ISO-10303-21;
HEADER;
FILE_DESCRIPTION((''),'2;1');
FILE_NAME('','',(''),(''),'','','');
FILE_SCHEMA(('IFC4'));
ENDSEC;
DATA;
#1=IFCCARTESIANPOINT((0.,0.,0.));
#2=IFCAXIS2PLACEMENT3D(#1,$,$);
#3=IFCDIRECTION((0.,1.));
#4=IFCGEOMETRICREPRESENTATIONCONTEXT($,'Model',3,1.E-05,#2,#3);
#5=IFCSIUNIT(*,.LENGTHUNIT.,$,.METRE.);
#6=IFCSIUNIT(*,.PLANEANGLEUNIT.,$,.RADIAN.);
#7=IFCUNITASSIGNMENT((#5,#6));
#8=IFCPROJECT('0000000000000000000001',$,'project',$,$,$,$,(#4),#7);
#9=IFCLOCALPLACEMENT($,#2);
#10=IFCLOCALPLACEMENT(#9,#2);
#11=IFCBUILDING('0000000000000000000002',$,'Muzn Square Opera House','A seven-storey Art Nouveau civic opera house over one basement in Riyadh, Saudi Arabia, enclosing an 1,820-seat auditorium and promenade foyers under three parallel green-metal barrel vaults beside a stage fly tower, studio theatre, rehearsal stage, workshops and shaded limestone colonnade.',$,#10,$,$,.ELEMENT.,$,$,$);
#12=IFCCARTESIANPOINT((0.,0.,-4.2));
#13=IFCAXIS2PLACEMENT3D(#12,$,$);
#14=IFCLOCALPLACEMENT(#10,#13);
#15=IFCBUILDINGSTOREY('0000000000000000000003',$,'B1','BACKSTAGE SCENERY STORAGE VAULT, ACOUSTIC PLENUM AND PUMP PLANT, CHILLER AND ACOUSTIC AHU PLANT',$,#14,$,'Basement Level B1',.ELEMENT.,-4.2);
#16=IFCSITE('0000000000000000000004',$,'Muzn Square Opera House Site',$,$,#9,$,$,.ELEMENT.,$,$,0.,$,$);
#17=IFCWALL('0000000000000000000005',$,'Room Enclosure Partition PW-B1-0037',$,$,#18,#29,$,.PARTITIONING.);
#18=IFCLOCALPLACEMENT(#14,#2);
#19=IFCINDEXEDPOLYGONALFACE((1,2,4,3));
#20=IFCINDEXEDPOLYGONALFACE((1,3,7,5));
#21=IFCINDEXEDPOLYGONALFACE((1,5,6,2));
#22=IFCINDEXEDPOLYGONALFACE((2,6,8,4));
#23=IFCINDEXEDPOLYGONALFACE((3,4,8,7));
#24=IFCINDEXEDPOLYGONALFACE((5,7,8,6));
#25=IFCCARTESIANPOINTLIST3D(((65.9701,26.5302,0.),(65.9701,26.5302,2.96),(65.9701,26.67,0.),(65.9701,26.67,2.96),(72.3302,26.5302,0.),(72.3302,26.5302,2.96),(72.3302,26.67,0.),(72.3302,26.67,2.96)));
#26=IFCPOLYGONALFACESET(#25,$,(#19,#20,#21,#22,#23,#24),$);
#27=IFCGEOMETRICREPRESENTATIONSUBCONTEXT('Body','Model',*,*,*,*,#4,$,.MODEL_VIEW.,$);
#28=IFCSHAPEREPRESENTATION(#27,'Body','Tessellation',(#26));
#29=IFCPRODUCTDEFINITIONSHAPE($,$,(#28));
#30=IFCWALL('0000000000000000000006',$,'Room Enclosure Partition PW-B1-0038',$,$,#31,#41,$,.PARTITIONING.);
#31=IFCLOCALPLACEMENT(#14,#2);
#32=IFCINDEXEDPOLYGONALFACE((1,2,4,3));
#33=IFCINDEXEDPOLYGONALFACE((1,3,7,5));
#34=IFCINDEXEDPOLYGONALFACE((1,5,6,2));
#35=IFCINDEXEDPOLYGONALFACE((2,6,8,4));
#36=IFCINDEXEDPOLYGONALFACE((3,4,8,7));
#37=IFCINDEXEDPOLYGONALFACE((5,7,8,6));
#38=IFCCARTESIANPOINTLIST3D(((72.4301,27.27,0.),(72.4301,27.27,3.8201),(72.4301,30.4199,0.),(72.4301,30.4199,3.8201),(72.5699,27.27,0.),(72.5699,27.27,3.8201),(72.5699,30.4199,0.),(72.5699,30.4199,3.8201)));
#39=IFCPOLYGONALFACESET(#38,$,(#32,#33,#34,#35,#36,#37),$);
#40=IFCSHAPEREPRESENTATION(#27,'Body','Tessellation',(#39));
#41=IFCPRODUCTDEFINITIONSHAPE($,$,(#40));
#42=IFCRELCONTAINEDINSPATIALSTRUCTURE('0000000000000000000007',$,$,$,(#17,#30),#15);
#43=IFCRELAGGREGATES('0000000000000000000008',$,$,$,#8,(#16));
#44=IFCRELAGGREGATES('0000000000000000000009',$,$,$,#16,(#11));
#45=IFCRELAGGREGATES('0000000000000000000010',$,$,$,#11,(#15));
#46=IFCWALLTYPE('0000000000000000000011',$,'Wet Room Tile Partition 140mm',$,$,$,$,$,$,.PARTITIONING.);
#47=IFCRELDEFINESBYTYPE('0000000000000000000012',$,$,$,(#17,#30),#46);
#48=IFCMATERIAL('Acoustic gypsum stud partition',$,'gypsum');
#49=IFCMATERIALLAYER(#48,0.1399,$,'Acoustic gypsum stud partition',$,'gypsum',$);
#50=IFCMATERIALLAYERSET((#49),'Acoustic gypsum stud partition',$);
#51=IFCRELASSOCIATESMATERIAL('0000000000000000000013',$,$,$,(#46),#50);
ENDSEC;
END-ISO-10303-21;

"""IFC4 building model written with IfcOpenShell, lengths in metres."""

from ifc_helpers import new_model, si_unit, direction, frame, frame_2d, origin, place, context, subcontext, project, spatial, rectangle, extrude, material, layer, layer_set, type_object, element, save


model = new_model("IFC4")

# Units and contexts
model_context = context("Model", 3, precision=1e-05, world=origin(), true_north=direction((0.0, 1.0)))
body_context = subcontext(model_context, "Body", "Model", "MODEL_VIEW")
ifc_project = project(units=[si_unit("LENGTHUNIT", "METRE"), si_unit("PLANEANGLEUNIT", "RADIAN")], contexts=[model_context])

# Site, building, storey
site_placement = place(None, origin())
site = spatial("IfcSite", under=ifc_project, at=site_placement, Name="Muzn Square Opera House Site", CompositionType="ELEMENT", RefElevation=0.0)
building_placement = place(site_placement, origin())
building = spatial("IfcBuilding", under=site, at=building_placement, Name="Muzn Square Opera House", Description="A seven-storey Art Nouveau civic opera house over one basement in Riyadh, Saudi Arabia, enclosing an 1,820-seat auditorium and promenade foyers under three parallel green-metal barrel vaults beside a stage fly tower, studio theatre, rehearsal stage, workshops and shaded limestone colonnade.", CompositionType="ELEMENT")
storey_placement = place(building_placement, frame((0.0, 0.0, -4.2)))
storey = spatial("IfcBuildingStorey", under=building, at=storey_placement, Name="B1", Description="BACKSTAGE SCENERY STORAGE VAULT, ACOUSTIC PLENUM AND PUMP PLANT, CHILLER AND ACOUSTIC AHU PLANT", LongName="Basement Level B1", CompositionType="ELEMENT", Elevation=-4.2)

# Walls
ifc_material_1 = material(Name="Acoustic gypsum stud partition", Category="gypsum")
ifc_layer_1 = layer(ifc_material_1, 0.1399, Name="Acoustic gypsum stud partition", Category="gypsum")
ifc_layer_set_1 = layer_set([ifc_layer_1], Name="Acoustic gypsum stud partition")
wall_type_1 = type_object("IfcWallType", Name="Wet Room Tile Partition 140mm", PredefinedType="PARTITIONING", material=ifc_layer_set_1)
wall_1_placement = place(storey_placement, frame((65.97, 26.6001, 0.0), z_axis=(0.0, 0.0, 1.0), x_axis=(1.0, 0.0, 0.0)))
element("IfcWall", 1, at=wall_1_placement, inside=storey, type_object=wall_type_1, Name="Room Enclosure Partition PW-B1-0037", PredefinedType="PARTITIONING", context=body_context, shape_type="SweptSolid", body=[
    extrude(rectangle(XDim=6.3601, YDim=0.1399, at=frame_2d((3.1802, 0.0))), origin(), (0.0, 0.0, 1.0), 2.96),
])
wall_2_placement = place(storey_placement, frame((72.5, 27.27, 0.0), z_axis=(0.0, 0.0, 1.0), x_axis=(0.0, 1.0, 0.0)))
element("IfcWall", 2, at=wall_2_placement, inside=storey, type_object=wall_type_1, Name="Room Enclosure Partition PW-B1-0038", PredefinedType="PARTITIONING", context=body_context, shape_type="SweptSolid", body=[
    extrude(rectangle(XDim=3.1499, YDim=0.1399, at=frame_2d((1.575, 0.0))), origin(), (0.0, 0.0, 1.0), 3.8201),
])

save(model, "model.ifc")
